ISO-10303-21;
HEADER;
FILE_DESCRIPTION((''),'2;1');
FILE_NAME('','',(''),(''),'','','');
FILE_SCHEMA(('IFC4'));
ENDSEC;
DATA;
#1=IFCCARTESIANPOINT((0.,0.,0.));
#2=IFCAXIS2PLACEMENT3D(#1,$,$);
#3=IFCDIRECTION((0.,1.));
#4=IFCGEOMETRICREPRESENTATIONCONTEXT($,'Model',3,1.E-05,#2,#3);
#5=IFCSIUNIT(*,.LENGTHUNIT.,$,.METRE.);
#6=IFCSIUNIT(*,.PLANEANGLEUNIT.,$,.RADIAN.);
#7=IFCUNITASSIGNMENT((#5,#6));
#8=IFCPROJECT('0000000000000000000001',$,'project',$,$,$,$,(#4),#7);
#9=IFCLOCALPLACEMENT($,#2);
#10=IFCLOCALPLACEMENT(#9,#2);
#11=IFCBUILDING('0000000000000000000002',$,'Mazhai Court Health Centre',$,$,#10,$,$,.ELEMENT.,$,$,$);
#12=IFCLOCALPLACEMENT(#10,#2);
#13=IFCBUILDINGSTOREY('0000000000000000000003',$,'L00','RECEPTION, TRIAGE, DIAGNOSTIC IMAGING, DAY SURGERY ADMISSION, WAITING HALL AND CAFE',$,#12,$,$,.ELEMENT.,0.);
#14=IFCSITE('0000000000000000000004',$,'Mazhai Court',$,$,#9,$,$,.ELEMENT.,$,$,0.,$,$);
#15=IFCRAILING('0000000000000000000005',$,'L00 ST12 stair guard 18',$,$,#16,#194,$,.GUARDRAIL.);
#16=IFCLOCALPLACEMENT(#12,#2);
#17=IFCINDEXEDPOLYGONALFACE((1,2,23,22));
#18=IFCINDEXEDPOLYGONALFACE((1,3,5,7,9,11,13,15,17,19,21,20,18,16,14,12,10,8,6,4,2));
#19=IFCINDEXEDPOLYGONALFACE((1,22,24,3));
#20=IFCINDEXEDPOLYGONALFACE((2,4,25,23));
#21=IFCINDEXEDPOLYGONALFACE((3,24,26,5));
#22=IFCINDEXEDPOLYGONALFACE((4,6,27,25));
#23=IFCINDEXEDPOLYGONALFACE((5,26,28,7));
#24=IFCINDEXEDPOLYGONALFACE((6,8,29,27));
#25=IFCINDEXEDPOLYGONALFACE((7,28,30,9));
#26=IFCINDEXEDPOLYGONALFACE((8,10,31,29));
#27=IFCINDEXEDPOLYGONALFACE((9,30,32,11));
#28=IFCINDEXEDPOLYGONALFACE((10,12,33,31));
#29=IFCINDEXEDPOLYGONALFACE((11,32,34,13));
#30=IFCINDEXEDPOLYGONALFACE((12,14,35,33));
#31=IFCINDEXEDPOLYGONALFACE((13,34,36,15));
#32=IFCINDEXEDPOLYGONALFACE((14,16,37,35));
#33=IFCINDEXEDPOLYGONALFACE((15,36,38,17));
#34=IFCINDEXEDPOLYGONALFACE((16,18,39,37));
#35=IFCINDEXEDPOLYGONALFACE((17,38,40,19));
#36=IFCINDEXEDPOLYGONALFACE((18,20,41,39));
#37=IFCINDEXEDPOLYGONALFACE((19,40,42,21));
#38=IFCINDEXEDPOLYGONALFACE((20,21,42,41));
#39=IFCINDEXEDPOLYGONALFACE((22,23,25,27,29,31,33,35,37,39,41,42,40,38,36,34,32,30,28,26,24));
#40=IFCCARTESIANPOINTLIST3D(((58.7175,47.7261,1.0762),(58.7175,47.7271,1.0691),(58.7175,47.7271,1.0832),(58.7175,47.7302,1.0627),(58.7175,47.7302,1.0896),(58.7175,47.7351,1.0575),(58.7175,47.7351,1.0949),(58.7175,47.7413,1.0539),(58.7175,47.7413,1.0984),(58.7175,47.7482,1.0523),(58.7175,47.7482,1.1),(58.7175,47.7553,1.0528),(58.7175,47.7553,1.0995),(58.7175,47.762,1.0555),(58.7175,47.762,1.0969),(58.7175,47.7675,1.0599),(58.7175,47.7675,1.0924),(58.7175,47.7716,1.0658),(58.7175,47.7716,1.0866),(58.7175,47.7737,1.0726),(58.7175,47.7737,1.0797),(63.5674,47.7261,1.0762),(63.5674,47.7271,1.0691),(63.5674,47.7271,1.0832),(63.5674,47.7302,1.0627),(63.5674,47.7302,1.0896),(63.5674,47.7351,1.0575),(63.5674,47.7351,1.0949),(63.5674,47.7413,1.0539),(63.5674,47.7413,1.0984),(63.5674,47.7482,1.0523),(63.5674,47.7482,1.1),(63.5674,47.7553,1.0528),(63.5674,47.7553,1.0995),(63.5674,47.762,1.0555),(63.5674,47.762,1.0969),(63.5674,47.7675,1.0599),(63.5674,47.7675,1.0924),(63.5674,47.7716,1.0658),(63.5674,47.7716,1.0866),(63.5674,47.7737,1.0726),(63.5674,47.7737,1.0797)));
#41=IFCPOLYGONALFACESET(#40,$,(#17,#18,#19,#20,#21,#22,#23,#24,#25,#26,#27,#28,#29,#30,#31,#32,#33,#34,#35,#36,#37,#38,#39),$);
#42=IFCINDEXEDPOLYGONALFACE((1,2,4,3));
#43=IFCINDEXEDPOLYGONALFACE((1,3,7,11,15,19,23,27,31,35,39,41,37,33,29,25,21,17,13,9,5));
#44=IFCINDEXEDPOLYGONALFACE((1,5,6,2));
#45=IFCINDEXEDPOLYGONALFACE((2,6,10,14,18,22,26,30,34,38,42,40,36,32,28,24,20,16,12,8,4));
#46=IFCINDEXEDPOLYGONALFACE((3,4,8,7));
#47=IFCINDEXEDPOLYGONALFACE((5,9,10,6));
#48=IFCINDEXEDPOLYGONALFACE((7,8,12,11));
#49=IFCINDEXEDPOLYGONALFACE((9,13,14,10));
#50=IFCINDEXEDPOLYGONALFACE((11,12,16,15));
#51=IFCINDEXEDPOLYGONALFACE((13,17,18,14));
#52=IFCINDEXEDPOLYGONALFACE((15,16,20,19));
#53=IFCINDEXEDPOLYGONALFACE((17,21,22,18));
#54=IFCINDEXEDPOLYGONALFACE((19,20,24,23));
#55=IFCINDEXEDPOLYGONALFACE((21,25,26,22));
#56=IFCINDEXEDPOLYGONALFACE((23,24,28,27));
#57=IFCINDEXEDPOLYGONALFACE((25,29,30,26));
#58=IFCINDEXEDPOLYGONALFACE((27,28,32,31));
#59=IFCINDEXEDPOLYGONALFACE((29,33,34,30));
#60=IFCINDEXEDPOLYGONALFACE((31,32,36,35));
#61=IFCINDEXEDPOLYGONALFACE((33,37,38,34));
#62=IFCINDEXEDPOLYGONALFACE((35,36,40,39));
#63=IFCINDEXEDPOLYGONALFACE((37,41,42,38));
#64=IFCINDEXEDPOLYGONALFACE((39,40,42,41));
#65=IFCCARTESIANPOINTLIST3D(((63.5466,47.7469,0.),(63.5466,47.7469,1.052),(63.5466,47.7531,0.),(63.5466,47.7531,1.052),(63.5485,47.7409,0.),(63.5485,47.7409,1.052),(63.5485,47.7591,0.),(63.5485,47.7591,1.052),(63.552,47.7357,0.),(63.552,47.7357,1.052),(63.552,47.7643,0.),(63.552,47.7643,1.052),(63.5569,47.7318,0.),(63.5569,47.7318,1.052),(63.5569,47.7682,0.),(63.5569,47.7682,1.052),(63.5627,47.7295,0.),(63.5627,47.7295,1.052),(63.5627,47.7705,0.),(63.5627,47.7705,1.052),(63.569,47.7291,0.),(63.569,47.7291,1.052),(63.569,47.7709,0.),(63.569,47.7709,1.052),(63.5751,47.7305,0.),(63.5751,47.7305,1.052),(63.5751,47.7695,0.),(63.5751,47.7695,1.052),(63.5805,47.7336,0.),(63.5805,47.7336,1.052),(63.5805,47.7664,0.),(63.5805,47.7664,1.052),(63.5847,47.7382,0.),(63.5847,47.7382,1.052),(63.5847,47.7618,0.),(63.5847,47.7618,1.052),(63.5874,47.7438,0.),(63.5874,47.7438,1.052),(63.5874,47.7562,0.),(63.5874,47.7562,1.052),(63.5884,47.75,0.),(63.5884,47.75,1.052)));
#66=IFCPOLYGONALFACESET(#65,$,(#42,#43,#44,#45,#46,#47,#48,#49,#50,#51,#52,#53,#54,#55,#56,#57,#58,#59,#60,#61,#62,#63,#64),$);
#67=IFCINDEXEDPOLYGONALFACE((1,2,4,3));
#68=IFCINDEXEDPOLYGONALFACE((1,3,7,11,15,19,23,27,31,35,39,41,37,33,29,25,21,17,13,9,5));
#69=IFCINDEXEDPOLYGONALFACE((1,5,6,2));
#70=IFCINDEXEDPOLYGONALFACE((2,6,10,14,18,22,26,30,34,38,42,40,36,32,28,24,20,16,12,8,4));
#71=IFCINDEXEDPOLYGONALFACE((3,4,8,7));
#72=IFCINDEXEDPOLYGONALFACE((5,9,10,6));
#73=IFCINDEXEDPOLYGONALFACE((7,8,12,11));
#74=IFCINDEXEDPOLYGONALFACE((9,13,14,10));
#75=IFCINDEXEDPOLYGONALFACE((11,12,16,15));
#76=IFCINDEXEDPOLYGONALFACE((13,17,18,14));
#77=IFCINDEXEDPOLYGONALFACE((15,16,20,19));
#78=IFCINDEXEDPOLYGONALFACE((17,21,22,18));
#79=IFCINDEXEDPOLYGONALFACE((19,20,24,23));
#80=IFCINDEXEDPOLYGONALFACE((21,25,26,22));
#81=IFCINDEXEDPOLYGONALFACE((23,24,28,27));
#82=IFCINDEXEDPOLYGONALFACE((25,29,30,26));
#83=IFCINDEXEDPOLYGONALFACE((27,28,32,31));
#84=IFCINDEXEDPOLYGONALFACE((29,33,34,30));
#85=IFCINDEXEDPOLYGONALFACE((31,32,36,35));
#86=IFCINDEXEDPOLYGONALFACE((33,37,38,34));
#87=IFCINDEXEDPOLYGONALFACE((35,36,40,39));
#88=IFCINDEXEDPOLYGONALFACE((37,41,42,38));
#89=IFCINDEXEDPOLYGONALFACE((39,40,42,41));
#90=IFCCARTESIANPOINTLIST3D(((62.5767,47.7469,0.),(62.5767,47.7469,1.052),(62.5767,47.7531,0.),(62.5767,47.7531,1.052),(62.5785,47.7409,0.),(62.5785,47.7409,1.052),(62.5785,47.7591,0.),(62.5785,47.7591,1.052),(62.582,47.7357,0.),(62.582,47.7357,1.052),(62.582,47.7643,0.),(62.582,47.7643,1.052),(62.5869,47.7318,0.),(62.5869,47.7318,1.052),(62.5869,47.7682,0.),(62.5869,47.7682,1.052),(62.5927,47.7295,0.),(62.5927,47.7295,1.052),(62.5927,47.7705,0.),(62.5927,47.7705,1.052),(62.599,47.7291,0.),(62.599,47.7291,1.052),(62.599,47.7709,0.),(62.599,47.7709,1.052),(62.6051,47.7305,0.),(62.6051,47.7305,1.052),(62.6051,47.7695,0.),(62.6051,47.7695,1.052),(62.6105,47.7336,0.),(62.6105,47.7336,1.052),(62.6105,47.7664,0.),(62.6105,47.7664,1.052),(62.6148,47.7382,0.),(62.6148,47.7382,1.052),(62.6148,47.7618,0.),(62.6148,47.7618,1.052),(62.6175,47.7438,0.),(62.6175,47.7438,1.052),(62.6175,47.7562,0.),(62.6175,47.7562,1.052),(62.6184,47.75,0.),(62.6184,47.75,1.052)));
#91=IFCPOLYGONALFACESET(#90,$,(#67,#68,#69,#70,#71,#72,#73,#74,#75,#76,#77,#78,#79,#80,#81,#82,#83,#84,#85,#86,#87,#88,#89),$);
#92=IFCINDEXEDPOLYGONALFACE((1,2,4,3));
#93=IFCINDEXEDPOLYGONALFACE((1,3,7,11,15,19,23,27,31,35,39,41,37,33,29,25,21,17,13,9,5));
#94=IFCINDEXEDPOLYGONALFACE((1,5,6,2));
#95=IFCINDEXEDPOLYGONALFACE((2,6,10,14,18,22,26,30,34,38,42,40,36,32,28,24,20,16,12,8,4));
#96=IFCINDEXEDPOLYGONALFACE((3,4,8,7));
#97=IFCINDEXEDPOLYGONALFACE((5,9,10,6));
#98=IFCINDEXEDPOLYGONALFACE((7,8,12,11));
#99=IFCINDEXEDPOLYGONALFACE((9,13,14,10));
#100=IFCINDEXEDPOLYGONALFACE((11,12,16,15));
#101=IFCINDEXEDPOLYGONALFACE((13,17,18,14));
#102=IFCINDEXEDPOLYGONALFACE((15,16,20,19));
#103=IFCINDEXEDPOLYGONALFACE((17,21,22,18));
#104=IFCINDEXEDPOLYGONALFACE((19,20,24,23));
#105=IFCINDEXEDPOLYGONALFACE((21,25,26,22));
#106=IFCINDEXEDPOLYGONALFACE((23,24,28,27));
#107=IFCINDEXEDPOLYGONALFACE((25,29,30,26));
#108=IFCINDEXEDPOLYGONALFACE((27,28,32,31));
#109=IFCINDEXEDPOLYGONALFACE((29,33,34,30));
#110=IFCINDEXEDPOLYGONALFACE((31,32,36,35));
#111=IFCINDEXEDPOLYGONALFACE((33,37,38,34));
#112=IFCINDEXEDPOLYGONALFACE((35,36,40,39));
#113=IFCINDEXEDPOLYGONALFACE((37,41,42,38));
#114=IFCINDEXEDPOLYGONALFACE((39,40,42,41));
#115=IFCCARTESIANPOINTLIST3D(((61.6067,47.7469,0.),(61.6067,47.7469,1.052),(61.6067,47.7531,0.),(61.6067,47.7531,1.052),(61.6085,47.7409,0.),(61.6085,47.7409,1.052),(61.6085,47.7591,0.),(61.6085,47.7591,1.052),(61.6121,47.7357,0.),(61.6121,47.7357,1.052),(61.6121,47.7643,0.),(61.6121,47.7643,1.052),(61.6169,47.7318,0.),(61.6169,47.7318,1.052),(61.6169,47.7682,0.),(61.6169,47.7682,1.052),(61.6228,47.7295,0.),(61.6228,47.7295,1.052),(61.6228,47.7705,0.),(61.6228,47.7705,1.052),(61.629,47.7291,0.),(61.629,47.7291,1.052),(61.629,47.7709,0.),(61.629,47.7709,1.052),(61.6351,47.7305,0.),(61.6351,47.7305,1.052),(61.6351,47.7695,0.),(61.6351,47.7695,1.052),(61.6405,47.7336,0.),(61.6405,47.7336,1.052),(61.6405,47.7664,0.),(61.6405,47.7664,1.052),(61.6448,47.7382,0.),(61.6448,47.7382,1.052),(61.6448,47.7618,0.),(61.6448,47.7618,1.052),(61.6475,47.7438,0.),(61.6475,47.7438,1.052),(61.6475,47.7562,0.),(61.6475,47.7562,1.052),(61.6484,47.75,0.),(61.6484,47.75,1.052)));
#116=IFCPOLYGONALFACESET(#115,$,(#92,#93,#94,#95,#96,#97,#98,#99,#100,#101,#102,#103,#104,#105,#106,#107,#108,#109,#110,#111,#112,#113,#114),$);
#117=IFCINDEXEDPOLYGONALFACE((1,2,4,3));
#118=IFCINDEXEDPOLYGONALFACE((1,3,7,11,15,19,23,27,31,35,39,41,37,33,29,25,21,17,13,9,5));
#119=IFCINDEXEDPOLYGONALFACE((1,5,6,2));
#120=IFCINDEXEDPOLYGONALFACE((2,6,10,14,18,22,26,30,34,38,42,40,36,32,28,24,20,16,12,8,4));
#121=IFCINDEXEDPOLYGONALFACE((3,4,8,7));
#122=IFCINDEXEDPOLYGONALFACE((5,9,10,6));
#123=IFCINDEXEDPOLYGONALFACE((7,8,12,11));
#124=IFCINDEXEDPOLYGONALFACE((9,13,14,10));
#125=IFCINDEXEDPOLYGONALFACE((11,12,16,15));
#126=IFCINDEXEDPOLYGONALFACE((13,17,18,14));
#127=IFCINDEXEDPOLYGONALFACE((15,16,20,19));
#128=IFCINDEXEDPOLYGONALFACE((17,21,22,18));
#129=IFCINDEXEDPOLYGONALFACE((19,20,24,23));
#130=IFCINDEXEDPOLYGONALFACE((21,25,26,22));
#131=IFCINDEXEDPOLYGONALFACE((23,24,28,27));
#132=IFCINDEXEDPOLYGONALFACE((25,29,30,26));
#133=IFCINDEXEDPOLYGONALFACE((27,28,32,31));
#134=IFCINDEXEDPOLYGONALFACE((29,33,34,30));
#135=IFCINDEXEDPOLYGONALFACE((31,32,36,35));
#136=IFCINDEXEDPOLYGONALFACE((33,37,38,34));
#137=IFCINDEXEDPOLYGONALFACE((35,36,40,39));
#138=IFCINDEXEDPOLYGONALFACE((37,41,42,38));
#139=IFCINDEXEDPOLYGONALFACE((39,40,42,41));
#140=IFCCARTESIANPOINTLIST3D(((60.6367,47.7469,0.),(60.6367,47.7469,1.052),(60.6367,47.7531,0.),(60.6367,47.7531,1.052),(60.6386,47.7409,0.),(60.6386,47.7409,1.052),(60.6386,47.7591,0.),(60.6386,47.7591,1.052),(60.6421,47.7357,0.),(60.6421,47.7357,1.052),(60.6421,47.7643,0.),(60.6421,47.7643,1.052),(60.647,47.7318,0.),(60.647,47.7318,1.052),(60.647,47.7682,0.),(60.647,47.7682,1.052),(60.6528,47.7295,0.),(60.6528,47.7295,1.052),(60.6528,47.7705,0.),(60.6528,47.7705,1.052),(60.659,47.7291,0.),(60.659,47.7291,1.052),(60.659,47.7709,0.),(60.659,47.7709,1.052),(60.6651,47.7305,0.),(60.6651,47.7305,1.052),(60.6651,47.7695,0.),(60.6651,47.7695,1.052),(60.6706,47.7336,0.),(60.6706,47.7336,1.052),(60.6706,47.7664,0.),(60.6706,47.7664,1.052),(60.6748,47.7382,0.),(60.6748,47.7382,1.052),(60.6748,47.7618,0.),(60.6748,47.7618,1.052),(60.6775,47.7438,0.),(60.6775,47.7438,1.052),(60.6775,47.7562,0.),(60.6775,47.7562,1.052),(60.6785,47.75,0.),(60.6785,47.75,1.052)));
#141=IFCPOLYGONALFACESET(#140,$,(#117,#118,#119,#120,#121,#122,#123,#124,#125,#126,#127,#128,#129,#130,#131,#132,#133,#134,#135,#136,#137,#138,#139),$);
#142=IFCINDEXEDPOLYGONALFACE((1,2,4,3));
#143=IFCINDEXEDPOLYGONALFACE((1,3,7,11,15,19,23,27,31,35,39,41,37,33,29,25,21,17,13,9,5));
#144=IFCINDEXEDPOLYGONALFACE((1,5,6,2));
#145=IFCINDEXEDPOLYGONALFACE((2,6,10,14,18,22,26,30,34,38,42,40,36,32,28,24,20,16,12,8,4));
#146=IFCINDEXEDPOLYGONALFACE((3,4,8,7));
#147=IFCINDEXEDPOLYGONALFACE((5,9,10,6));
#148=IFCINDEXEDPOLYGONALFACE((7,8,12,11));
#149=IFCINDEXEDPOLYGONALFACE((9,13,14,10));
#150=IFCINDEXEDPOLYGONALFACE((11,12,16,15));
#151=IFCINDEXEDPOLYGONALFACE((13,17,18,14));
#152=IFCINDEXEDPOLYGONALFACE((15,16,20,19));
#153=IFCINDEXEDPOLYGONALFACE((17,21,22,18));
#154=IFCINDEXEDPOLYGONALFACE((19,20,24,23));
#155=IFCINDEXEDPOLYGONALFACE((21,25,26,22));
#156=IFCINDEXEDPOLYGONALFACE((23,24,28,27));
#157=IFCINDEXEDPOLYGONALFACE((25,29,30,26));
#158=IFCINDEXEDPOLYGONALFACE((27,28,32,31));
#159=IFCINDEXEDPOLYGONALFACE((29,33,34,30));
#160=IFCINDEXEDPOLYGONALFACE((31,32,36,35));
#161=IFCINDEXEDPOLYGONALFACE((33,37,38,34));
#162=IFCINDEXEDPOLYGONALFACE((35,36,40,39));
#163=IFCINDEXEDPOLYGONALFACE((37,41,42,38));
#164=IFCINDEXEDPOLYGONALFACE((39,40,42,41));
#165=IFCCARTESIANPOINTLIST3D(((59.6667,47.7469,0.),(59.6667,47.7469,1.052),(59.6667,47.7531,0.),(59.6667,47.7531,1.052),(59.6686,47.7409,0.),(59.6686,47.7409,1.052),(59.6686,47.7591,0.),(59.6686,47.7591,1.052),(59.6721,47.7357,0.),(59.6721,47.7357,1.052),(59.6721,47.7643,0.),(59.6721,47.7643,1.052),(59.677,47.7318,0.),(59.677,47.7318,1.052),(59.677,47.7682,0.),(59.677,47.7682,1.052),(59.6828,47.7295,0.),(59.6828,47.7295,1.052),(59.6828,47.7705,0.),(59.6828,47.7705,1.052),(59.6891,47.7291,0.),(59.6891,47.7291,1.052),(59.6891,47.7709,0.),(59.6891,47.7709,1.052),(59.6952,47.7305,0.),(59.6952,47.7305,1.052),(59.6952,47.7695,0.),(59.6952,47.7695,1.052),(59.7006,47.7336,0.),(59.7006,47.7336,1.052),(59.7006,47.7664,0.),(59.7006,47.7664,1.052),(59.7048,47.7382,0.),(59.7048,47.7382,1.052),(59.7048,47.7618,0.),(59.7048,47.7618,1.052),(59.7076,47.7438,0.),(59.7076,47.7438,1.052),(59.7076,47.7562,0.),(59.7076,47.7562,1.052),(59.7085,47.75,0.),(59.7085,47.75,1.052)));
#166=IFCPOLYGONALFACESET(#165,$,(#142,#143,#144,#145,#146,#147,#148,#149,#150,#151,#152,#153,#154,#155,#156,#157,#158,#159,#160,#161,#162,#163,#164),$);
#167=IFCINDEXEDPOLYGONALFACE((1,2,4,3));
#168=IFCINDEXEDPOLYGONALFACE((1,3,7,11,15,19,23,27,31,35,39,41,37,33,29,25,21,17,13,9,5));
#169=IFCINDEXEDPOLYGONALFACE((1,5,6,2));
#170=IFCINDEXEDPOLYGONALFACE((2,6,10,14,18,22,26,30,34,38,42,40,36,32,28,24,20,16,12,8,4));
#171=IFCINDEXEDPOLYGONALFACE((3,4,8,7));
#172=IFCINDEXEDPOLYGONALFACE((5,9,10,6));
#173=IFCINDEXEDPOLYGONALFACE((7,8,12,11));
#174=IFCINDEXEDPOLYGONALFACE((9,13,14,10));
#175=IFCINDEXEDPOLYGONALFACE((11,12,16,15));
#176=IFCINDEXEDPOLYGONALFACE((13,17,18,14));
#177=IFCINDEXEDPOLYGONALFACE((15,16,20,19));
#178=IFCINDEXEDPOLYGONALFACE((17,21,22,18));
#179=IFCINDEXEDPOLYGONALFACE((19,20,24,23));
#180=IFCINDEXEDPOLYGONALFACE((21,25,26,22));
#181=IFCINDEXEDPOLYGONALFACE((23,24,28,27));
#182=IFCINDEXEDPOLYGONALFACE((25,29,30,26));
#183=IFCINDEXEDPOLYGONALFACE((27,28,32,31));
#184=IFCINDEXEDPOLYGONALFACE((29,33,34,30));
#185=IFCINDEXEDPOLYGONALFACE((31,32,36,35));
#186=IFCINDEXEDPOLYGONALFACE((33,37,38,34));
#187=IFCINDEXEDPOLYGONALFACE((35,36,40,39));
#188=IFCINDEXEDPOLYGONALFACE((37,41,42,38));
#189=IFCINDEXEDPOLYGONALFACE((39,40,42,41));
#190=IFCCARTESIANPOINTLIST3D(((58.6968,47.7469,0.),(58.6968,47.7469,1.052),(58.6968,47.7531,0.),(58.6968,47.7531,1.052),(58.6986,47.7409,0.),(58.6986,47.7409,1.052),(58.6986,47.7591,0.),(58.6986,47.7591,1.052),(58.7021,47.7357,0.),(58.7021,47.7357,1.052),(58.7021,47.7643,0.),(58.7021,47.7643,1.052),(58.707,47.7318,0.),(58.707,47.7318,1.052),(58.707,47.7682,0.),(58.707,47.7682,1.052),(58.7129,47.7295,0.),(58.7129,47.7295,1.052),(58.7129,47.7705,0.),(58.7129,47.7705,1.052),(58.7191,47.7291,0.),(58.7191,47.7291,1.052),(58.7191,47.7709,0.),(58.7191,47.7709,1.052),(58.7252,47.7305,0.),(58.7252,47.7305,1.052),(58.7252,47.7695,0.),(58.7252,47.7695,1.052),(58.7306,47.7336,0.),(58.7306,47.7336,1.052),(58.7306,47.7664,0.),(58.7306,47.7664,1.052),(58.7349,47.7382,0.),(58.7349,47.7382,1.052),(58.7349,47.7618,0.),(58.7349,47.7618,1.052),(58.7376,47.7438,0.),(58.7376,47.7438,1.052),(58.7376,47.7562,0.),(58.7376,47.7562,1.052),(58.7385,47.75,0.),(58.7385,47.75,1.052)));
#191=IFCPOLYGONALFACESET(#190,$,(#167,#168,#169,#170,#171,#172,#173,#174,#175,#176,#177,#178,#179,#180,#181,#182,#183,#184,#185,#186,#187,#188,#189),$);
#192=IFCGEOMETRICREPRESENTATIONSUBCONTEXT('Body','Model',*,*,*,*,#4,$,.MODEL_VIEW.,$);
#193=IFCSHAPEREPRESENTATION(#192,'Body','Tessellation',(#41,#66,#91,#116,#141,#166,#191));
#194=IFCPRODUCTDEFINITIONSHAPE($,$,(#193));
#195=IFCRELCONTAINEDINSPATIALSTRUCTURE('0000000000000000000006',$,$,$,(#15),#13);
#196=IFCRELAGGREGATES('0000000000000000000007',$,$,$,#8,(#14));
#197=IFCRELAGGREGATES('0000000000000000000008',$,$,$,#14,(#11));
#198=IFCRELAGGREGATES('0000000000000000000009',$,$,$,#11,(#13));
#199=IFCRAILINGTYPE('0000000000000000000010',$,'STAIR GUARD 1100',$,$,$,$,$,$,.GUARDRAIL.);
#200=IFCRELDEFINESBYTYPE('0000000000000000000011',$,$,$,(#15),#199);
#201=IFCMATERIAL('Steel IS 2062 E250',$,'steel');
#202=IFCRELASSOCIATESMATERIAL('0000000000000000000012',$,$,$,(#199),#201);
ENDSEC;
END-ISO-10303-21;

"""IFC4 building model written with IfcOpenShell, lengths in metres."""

from ifc_helpers import new_model, si_unit, direction, frame, origin, origin_2d, place, context, subcontext, project, spatial, circle, extrude, material, type_object, element, save


model = new_model("IFC4")

# Units and contexts
model_context = context("Model", 3, precision=1e-05, world=origin(), true_north=direction((0.0, 1.0)))
body_context = subcontext(model_context, "Body", "Model", "MODEL_VIEW")
ifc_project = project(units=[si_unit("LENGTHUNIT", "METRE"), si_unit("PLANEANGLEUNIT", "RADIAN")], contexts=[model_context])

# Site, building, storey
site_placement = place(None, origin())
site = spatial("IfcSite", under=ifc_project, at=site_placement, Name="Mazhai Court", CompositionType="ELEMENT", RefElevation=0.0)
building_placement = place(site_placement, origin())
building = spatial("IfcBuilding", under=site, at=building_placement, Name="Mazhai Court Health Centre", CompositionType="ELEMENT")
storey_placement = place(building_placement, origin())
storey = spatial("IfcBuildingStorey", under=building, at=storey_placement, Name="L00", Description="RECEPTION, TRIAGE, DIAGNOSTIC IMAGING, DAY SURGERY ADMISSION, WAITING HALL AND CAFE", CompositionType="ELEMENT", Elevation=0.0)

# Railing
ifc_material_1 = material(Name="Steel IS 2062 E250", Category="steel")
railing_type_1 = type_object("IfcRailingType", Name="STAIR GUARD 1100", PredefinedType="GUARDRAIL", material=ifc_material_1)
railing_1_placement = place(storey_placement, frame((63.5674, 47.75, 0.0)))
element("IfcRailing", 1, at=railing_1_placement, inside=storey, type_object=railing_type_1, Name="L00 ST12 stair guard 18", PredefinedType="GUARDRAIL", context=body_context, shape_type="SweptSolid", body=[
    extrude(circle(Radius=0.0239, at=origin_2d()), frame((0.0, 0.0, 1.0762), z_axis=(-1.0, 0.0, 0.0), x_axis=(0.0, -1.0, 0.0)), (0.0, 0.0, 1.0), 4.8499),
    extrude(circle(Radius=0.021, at=origin_2d()), origin(), (0.0, 0.0, 1.0), 1.052),
    extrude(circle(Radius=0.021, at=origin_2d()), frame((-0.97, 0.0, 0.0)), (0.0, 0.0, 1.0), 1.052),
    extrude(circle(Radius=0.021, at=origin_2d()), frame((-1.9399, 0.0, 0.0)), (0.0, 0.0, 1.0), 1.052),
    extrude(circle(Radius=0.021, at=origin_2d()), frame((-2.9099, 0.0, 0.0)), (0.0, 0.0, 1.0), 1.052),
    extrude(circle(Radius=0.021, at=origin_2d()), frame((-3.8799, 0.0, 0.0)), (0.0, 0.0, 1.0), 1.052),
    extrude(circle(Radius=0.021, at=origin_2d()), frame((-4.8499, 0.0, 0.0)), (0.0, 0.0, 1.0), 1.052),
])

save(model, "model.ifc")
